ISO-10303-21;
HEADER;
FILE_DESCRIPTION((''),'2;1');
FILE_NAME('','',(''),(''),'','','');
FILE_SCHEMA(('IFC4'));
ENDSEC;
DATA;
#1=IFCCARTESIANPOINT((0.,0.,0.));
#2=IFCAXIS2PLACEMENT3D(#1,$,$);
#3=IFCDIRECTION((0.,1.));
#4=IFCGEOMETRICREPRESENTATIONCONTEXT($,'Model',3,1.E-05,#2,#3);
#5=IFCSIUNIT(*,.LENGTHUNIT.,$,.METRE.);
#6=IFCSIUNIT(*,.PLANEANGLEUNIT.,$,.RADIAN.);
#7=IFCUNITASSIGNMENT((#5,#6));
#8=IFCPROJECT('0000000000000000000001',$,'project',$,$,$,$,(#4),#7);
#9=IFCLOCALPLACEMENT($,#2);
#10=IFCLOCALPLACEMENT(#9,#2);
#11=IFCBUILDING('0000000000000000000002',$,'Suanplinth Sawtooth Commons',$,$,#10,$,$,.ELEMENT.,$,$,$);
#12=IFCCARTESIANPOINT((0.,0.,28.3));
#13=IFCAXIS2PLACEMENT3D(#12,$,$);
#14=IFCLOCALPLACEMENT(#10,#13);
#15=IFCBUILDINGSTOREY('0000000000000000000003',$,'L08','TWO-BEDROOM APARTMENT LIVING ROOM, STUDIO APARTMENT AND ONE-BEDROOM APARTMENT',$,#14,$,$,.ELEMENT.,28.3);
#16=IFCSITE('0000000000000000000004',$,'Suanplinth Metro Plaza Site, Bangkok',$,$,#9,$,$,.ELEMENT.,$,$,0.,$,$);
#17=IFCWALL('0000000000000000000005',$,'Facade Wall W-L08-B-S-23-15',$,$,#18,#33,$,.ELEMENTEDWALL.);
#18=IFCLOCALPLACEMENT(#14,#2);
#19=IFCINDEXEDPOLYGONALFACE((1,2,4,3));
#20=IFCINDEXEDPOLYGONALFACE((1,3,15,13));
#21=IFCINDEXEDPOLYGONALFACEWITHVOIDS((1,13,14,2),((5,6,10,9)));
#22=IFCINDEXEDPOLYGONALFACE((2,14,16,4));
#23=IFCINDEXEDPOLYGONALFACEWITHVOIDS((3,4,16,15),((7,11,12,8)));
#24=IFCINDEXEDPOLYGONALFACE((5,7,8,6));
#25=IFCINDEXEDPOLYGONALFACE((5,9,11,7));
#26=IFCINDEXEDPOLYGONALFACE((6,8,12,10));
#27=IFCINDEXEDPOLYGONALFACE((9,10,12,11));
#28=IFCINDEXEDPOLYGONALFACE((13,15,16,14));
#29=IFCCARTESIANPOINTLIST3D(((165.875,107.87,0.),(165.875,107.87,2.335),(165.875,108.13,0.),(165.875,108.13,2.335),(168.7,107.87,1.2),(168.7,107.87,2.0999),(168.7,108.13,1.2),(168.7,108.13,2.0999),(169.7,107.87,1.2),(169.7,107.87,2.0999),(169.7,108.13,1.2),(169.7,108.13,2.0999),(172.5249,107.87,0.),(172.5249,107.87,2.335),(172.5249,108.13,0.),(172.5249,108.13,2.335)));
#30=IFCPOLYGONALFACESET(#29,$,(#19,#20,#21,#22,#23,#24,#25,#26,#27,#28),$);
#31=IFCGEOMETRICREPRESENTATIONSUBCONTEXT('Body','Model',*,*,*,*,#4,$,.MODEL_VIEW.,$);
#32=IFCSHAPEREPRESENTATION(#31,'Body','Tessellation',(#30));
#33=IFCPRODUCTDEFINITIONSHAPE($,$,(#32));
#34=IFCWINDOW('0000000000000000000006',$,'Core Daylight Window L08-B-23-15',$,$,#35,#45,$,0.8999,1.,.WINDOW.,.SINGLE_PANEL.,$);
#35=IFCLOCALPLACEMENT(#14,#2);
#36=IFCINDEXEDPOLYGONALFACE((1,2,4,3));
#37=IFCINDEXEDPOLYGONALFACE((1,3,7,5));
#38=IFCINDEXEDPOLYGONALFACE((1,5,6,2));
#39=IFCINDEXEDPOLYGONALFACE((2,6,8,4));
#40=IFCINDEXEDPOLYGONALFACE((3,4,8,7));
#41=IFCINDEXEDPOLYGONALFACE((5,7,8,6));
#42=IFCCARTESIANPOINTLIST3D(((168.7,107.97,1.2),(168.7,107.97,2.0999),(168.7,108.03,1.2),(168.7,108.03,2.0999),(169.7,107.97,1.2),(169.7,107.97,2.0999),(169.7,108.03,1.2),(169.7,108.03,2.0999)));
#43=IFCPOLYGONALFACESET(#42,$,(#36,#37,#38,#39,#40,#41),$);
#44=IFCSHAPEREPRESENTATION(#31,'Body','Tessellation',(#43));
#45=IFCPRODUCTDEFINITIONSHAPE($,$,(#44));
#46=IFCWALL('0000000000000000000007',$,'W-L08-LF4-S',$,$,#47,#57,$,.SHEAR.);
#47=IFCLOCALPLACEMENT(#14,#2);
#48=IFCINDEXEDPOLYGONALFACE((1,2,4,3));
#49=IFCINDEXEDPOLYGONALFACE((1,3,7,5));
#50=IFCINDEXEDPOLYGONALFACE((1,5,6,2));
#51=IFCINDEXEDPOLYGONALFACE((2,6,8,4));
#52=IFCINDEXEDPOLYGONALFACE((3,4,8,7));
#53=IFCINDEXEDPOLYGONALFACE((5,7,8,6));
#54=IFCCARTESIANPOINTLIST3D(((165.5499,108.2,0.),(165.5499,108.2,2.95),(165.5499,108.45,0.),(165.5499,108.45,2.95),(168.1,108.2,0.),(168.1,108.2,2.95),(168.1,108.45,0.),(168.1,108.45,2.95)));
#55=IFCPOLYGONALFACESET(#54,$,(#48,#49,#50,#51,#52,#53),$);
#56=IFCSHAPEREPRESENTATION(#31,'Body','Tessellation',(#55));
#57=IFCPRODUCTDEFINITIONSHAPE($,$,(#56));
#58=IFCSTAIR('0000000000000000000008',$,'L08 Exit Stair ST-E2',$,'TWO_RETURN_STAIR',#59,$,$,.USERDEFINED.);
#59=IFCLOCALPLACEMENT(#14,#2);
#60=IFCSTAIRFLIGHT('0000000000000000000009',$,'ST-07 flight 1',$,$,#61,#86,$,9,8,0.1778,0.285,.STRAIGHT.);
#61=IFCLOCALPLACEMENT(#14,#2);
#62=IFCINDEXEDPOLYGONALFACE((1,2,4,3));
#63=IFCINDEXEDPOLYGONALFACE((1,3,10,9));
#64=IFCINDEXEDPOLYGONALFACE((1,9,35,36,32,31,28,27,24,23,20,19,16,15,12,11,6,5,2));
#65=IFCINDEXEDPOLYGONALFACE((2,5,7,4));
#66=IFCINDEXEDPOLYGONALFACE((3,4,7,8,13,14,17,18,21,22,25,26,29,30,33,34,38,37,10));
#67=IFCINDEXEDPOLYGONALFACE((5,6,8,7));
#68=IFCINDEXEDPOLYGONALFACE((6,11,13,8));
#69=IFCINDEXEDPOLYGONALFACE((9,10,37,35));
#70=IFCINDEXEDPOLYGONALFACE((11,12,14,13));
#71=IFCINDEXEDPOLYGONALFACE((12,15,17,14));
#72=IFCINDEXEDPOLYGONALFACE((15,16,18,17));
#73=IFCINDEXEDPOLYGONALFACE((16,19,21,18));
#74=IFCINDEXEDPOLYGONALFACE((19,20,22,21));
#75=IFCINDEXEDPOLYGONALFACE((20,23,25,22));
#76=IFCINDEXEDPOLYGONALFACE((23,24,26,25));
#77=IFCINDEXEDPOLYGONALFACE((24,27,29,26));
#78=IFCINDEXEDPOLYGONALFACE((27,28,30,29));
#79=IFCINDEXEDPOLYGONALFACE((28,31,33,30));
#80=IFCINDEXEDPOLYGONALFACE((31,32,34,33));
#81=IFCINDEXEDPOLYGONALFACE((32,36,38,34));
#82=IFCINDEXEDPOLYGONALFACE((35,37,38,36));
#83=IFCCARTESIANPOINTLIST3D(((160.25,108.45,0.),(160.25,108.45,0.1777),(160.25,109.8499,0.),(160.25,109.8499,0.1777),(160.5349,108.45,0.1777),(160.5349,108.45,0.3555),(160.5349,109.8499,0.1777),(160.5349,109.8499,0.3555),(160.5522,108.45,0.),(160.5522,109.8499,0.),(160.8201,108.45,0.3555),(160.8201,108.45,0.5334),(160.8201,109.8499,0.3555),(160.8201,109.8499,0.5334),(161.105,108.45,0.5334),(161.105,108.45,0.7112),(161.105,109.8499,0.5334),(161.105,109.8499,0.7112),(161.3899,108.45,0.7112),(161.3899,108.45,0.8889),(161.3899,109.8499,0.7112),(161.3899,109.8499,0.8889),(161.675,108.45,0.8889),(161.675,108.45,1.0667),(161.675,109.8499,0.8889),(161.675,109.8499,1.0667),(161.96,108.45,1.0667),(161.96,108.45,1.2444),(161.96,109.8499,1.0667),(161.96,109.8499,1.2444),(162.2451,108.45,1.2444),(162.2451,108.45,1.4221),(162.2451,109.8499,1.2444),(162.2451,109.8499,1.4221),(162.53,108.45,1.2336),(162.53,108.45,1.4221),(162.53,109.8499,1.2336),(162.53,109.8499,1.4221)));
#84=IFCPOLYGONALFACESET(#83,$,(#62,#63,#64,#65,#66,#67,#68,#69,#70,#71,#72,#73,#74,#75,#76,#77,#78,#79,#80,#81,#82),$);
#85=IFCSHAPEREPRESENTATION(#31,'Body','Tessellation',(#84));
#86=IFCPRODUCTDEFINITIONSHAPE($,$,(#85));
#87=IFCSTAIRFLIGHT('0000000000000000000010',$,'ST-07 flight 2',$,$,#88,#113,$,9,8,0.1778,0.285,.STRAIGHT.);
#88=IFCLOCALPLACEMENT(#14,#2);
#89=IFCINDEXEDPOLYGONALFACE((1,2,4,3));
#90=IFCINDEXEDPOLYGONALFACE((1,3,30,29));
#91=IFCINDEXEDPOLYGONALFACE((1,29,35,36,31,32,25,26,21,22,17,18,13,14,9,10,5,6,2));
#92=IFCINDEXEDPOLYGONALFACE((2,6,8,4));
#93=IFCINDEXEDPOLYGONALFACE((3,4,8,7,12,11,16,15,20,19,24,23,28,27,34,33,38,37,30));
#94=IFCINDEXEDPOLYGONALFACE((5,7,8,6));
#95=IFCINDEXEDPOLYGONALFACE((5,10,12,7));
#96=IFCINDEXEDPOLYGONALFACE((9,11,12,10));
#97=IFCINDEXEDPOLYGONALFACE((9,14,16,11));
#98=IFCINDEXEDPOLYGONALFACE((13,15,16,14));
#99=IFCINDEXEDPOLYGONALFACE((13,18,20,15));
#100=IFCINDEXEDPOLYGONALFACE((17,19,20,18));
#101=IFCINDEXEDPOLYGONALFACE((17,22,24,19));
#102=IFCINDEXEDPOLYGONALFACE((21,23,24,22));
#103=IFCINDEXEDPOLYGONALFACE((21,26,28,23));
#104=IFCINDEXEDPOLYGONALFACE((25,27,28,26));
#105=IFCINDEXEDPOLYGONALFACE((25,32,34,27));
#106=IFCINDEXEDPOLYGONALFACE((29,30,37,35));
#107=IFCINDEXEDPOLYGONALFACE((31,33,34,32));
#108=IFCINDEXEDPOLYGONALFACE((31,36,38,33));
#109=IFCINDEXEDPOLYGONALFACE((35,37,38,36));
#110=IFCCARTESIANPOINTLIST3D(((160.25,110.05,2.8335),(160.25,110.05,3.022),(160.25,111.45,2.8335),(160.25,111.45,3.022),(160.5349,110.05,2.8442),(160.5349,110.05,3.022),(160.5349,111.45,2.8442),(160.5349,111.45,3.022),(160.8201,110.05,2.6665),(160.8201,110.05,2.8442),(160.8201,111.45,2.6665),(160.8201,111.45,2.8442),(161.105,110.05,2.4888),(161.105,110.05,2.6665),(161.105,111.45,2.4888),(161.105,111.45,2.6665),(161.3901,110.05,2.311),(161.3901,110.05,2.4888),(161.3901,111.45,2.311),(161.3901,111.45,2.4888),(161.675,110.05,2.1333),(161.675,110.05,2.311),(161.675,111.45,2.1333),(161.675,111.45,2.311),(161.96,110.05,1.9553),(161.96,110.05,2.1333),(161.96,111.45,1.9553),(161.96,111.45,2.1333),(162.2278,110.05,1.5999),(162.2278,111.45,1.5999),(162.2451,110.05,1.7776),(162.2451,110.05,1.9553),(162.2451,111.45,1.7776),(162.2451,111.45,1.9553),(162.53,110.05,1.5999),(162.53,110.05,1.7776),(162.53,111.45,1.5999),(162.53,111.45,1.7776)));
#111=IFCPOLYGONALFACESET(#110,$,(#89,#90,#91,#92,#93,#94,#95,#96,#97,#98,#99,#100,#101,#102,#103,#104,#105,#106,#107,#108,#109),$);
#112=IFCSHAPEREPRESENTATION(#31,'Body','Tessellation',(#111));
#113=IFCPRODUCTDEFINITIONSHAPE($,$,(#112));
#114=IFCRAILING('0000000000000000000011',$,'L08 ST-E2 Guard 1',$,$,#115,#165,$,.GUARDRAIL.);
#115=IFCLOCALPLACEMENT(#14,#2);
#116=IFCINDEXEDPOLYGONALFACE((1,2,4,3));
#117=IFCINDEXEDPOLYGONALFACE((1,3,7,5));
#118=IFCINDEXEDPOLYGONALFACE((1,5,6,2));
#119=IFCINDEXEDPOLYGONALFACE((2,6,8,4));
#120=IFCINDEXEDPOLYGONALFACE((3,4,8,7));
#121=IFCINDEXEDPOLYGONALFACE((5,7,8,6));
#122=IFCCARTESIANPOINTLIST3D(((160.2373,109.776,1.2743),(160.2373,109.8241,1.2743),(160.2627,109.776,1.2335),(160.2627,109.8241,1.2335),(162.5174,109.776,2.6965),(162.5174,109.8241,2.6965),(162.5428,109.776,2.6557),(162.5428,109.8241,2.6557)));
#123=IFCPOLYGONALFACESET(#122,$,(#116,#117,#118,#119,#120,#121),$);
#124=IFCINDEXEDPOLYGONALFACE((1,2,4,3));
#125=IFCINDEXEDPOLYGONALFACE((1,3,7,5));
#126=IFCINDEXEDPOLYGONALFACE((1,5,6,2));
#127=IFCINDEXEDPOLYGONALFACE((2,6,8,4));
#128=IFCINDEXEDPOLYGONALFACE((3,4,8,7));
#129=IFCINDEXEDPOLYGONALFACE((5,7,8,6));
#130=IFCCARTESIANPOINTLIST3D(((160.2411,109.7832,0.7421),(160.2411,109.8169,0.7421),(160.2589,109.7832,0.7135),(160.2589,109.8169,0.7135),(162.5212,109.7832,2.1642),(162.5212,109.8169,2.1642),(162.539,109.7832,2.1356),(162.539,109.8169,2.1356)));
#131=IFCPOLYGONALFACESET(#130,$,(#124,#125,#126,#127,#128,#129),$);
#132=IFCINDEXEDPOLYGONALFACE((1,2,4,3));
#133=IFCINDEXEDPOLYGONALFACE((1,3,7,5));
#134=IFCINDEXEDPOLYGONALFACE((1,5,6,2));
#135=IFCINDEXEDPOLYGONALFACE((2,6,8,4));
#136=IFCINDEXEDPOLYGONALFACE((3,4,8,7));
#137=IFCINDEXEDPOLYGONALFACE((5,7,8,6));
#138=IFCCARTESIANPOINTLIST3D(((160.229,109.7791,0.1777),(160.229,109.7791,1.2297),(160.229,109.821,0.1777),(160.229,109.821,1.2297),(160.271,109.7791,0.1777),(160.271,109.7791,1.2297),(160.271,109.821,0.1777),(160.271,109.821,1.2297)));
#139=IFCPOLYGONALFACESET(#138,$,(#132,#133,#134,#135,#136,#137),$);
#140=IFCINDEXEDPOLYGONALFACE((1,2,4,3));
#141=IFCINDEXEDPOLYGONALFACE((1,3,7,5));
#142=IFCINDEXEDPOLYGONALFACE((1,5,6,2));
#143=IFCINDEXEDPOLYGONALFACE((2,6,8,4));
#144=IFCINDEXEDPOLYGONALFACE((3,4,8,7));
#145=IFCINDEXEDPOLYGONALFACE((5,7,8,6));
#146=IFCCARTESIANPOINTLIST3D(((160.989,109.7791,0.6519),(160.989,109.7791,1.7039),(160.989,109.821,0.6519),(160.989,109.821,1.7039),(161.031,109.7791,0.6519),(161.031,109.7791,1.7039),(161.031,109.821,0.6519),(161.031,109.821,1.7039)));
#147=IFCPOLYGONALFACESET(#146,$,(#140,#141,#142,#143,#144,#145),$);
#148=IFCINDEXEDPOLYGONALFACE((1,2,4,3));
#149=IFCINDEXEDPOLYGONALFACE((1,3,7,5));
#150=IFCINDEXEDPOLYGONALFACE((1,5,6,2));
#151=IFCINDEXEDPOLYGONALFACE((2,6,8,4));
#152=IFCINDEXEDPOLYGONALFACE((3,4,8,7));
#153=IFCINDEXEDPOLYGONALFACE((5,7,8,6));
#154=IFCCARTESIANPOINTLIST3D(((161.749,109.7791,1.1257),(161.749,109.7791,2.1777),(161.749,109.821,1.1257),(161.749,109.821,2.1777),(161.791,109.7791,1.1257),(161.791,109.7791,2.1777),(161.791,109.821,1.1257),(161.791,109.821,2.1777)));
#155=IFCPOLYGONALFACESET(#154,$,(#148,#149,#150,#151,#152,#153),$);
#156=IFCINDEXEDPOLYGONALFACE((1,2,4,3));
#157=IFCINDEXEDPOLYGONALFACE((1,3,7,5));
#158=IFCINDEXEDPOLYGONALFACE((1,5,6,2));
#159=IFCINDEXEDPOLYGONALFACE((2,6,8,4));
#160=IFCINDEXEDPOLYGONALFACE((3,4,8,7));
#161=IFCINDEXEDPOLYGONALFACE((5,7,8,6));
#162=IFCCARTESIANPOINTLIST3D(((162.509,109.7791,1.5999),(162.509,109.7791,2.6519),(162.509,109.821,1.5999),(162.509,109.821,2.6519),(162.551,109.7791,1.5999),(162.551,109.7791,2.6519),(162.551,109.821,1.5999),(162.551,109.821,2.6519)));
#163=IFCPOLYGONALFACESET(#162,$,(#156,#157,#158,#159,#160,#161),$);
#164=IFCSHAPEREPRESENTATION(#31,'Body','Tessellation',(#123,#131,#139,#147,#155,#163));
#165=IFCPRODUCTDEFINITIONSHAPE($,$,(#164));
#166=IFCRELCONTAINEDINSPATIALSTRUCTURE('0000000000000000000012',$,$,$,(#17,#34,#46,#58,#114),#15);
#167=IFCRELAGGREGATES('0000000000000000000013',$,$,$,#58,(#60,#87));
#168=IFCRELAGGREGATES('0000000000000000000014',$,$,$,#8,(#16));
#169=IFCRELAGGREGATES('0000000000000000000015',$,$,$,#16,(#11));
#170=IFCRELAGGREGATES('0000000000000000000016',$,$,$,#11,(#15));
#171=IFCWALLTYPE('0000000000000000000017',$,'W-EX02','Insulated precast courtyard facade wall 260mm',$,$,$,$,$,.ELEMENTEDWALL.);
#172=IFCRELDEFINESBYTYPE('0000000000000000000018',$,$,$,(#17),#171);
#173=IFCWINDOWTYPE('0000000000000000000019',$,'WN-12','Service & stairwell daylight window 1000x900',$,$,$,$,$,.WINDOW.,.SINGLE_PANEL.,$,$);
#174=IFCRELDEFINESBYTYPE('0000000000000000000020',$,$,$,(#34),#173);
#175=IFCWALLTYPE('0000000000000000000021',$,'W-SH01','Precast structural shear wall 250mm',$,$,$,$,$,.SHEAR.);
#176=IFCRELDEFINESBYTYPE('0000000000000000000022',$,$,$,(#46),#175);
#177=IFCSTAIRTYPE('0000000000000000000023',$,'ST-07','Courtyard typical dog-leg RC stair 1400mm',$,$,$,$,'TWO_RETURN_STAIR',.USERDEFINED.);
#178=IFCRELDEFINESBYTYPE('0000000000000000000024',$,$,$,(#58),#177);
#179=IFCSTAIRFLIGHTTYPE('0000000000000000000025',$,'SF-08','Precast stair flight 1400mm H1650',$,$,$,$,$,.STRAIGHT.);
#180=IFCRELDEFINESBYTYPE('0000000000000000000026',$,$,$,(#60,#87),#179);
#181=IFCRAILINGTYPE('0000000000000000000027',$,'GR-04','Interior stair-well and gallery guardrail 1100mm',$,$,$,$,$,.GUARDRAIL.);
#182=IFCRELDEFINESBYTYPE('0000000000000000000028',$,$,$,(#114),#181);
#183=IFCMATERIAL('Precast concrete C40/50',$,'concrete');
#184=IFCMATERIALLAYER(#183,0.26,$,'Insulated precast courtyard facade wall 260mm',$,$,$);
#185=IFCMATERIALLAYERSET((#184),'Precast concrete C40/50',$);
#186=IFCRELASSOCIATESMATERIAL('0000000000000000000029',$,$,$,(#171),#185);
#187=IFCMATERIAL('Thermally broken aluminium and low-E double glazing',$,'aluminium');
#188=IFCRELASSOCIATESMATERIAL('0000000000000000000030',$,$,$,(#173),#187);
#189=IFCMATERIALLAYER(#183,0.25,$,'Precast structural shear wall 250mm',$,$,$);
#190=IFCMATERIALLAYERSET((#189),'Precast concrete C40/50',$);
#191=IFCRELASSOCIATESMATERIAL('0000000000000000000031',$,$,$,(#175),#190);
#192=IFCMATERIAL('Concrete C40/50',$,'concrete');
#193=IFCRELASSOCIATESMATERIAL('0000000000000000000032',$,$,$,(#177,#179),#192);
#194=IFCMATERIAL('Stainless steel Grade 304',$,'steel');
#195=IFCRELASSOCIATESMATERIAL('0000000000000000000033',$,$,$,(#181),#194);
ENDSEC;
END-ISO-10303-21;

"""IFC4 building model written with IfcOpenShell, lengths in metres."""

from ifc_helpers import new_model, si_unit, direction, frame, frame_2d, origin, origin_2d, place, context, subcontext, project, spatial, polyline, rectangle, outline, extrude, material, layer, layer_set, type_object, element, fill, aggregate, save


model = new_model("IFC4")

# Units and contexts
model_context = context("Model", 3, precision=1e-05, world=origin(), true_north=direction((0.0, 1.0)))
body_context = subcontext(model_context, "Body", "Model", "MODEL_VIEW")
ifc_project = project(units=[si_unit("LENGTHUNIT", "METRE"), si_unit("PLANEANGLEUNIT", "RADIAN")], contexts=[model_context])

# Site, building, storey
site_placement = place(None, origin())
site = spatial("IfcSite", under=ifc_project, at=site_placement, Name="Suanplinth Metro Plaza Site, Bangkok", CompositionType="ELEMENT", RefElevation=0.0)
building_placement = place(site_placement, origin())
building = spatial("IfcBuilding", under=site, at=building_placement, Name="Suanplinth Sawtooth Commons", CompositionType="ELEMENT")
storey_placement = place(building_placement, frame((0.0, 0.0, 28.3)))
storey = spatial("IfcBuildingStorey", under=building, at=storey_placement, Name="L08", Description="TWO-BEDROOM APARTMENT LIVING ROOM, STUDIO APARTMENT AND ONE-BEDROOM APARTMENT", CompositionType="ELEMENT", Elevation=28.3)

# Shared definitions
ifc_material_1 = material(Name="Precast concrete C40/50", Category="concrete")

# Shared definitions
ifc_material_2 = material(Name="Concrete C40/50", Category="concrete")

# Wall, opening, window
ifc_layer_1 = layer(ifc_material_1, 0.26, Name="Insulated precast courtyard facade wall 260mm")
ifc_layer_set_1 = layer_set([ifc_layer_1], Name="Precast concrete C40/50")
wall_type_1 = type_object("IfcWallType", Name="W-EX02", Description="Insulated precast courtyard facade wall 260mm", PredefinedType="ELEMENTEDWALL", material=ifc_layer_set_1)
wall_1_placement = place(storey_placement, frame((165.875, 108.0, 0.0), z_axis=(0.0, 0.0, 1.0), x_axis=(1.0, 0.0, 0.0)))
wall_1 = element("IfcWall", 1, at=wall_1_placement, inside=storey, type_object=wall_type_1, Name="Facade Wall W-L08-B-S-23-15", PredefinedType="ELEMENTEDWALL", context=body_context, shape_type="SweptSolid", body=[
    extrude(rectangle(XDim=6.6499, YDim=0.26, at=frame_2d((3.325, 0.0))), origin(), (0.0, 0.0, 1.0), 2.335),
])
opening_1_placement = place(wall_1_placement, frame((2.825, 0.0, 1.2)))
opening_1 = element("IfcOpeningElement", 2, at=opening_1_placement, cuts=wall_1, PredefinedType="OPENING", context=body_context, shape_type="SweptSolid", body=[
    extrude(rectangle(XDim=1.0, YDim=0.8999, at=frame_2d((0.5, 0.45))), frame((0.0, 0.145, 0.0), z_axis=(0.0, -1.0, 0.0), x_axis=(1.0, 0.0, 0.0)), (0.0, 0.0, 1.0), 0.2898),
])
ifc_material_3 = material(Name="Thermally broken aluminium and low-E double glazing", Category="aluminium")
window_type = type_object("IfcWindowType", Name="WN-12", Description="Service & stairwell daylight window 1000x900", PartitioningType="SINGLE_PANEL", PredefinedType="WINDOW", material=ifc_material_3)
window_placement = place(opening_1_placement, origin())
window = element("IfcWindow", 3, at=window_placement, inside=storey, type_object=window_type, Name="Core Daylight Window L08-B-23-15", OverallHeight=0.8999, OverallWidth=1.0, PartitioningType="SINGLE_PANEL", PredefinedType="WINDOW", context=body_context, shape_type="SweptSolid", body=[
    extrude(rectangle(XDim=1.0, YDim=0.8999, at=frame_2d((0.5, 0.45))), frame((0.0, 0.03, 0.0), z_axis=(0.0, -1.0, 0.0), x_axis=(1.0, 0.0, 0.0)), (0.0, 0.0, 1.0), 0.0601),
])
fill(opening_1, window)

# Wall
ifc_layer_2 = layer(ifc_material_1, 0.25, Name="Precast structural shear wall 250mm")
ifc_layer_set_2 = layer_set([ifc_layer_2], Name="Precast concrete C40/50")
wall_type_2 = type_object("IfcWallType", Name="W-SH01", Description="Precast structural shear wall 250mm", PredefinedType="SHEAR", material=ifc_layer_set_2)
wall_2_placement = place(storey_placement, frame((165.55, 108.325, 0.0), z_axis=(0.0, 0.0, 1.0), x_axis=(1.0, 0.0, 0.0)))
element("IfcWall", 4, at=wall_2_placement, inside=storey, type_object=wall_type_2, Name="W-L08-LF4-S", PredefinedType="SHEAR", context=body_context, shape_type="SweptSolid", body=[
    extrude(rectangle(XDim=2.55, YDim=0.25, at=frame_2d((1.2749, 0.0))), origin(), (0.0, 0.0, 1.0), 2.95),
])

# Shared definitions
ifc_material_4 = material(Name="Stainless steel Grade 304", Category="steel")

# Stair, stair flights
stair_type = type_object("IfcStairType", Name="ST-07", Description="Courtyard typical dog-leg RC stair 1400mm", ElementType="TWO_RETURN_STAIR", PredefinedType="USERDEFINED", material=ifc_material_2)
stair_placement = place(storey_placement, origin())
stair = element("IfcStair", 5, at=stair_placement, inside=storey, type_object=stair_type, Name="L08 Exit Stair ST-E2", ObjectType="TWO_RETURN_STAIR", PredefinedType="USERDEFINED")
stair_flight_type = type_object("IfcStairFlightType", Name="SF-08", Description="Precast stair flight 1400mm H1650", PredefinedType="STRAIGHT", material=ifc_material_2)
stair_flight_1_placement = place(storey_placement, frame((160.25, 109.1499, 0.0), z_axis=(0.0, 0.0, 1.0), x_axis=(1.0, 0.0, 0.0)))
stair_flight_1 = element("IfcStairFlight", 6, at=stair_flight_1_placement, type_object=stair_flight_type, Name="ST-07 flight 1", NumberOfRisers=9, NumberOfTreads=8, PredefinedType="STRAIGHT", RiserHeight=0.1778, TreadLength=0.285, context=body_context, shape_type="SweptSolid", body=[
    extrude(outline(polyline([(0.0, 0.0), (0.0, 0.1777), (0.2849, 0.1777), (0.2849, 0.3555), (0.5701, 0.3555), (0.5701, 0.5334), (0.855, 0.5334), (0.855, 0.7112), (1.1399, 0.7112), (1.1399, 0.8889), (1.425, 0.8889), (1.425, 1.0667), (1.71, 1.0667), (1.71, 1.2444), (1.9951, 1.2444), (1.9951, 1.4221), (2.28, 1.4221), (2.28, 1.6001), (2.28, 1.2336), (0.3022, 0.0), (0.0, 0.0)])), frame((0.0, 0.7, 0.0), z_axis=(0.0, -1.0, 0.0), x_axis=(1.0, 0.0, 0.0)), (0.0, 0.0, 1.0), 1.3999),
])
stair_flight_2_placement = place(storey_placement, frame((162.53, 110.75, 1.5999), z_axis=(0.0, 0.0, 1.0), x_axis=(-1.0, 0.0, 0.0)))
stair_flight_2 = element("IfcStairFlight", 7, at=stair_flight_2_placement, type_object=stair_flight_type, Name="ST-07 flight 2", NumberOfRisers=9, NumberOfTreads=8, PredefinedType="STRAIGHT", RiserHeight=0.1778, TreadLength=0.285, context=body_context, shape_type="SweptSolid", body=[
    extrude(outline(polyline([(0.0, 0.0), (0.0, 0.1777), (0.2849, 0.1777), (0.2849, 0.3555), (0.5701, 0.3555), (0.5701, 0.5334), (0.855, 0.5334), (0.855, 0.7112), (1.1399, 0.7112), (1.1399, 0.8889), (1.425, 0.8889), (1.425, 1.0667), (1.71, 1.0667), (1.71, 1.2444), (1.9951, 1.2444), (1.9951, 1.4221), (2.28, 1.4221), (2.28, 1.6001), (2.28, 1.2336), (0.3022, 0.0), (0.0, 0.0)])), frame((0.0, 0.7, 0.0), z_axis=(0.0, -1.0, 0.0), x_axis=(1.0, 0.0, 0.0)), (0.0, 0.0, 1.0), 1.3999),
])
aggregate(stair, [stair_flight_1, stair_flight_2])

# Railing
railing_type_1 = type_object("IfcRailingType", Name="GR-04", Description="Interior stair-well and gallery guardrail 1100mm", PredefinedType="GUARDRAIL", material=ifc_material_4)
railing_1_placement = place(storey_placement, frame((160.25, 109.8, 0.1777)))
element("IfcRailing", 8, at=railing_1_placement, inside=storey, type_object=railing_type_1, Name="L08 ST-E2 Guard 1", PredefinedType="GUARDRAIL", context=body_context, shape_type="SweptSolid", body=[
    extrude(rectangle(XDim=0.0481, YDim=0.0481, at=origin_2d()), frame((0.0, 0.0, 1.0762), z_axis=(0.848483, 0.0, 0.529223), x_axis=(0.0, 1.0, 0.0)), (0.0, 0.0, 1.0), 2.6873),
    extrude(rectangle(XDim=0.0337, YDim=0.0337, at=origin_2d()), frame((0.0, 0.0, 0.55), z_axis=(0.848483, 0.0, 0.529223), x_axis=(0.0, 1.0, 0.0)), (0.0, 0.0, 1.0), 2.6873),
    extrude(rectangle(XDim=0.042, YDim=0.042, at=origin_2d()), origin(), (0.0, 0.0, 1.0), 1.052),
    extrude(rectangle(XDim=0.042, YDim=0.042, at=origin_2d()), frame((0.76, 0.0, 0.4741)), (0.0, 0.0, 1.0), 1.052),
    extrude(rectangle(XDim=0.042, YDim=0.042, at=origin_2d()), frame((1.52, 0.0, 0.948)), (0.0, 0.0, 1.0), 1.052),
    extrude(rectangle(XDim=0.042, YDim=0.042, at=origin_2d()), frame((2.28, 0.0, 1.4221)), (0.0, 0.0, 1.0), 1.052),
])

save(model, "model.ifc")
